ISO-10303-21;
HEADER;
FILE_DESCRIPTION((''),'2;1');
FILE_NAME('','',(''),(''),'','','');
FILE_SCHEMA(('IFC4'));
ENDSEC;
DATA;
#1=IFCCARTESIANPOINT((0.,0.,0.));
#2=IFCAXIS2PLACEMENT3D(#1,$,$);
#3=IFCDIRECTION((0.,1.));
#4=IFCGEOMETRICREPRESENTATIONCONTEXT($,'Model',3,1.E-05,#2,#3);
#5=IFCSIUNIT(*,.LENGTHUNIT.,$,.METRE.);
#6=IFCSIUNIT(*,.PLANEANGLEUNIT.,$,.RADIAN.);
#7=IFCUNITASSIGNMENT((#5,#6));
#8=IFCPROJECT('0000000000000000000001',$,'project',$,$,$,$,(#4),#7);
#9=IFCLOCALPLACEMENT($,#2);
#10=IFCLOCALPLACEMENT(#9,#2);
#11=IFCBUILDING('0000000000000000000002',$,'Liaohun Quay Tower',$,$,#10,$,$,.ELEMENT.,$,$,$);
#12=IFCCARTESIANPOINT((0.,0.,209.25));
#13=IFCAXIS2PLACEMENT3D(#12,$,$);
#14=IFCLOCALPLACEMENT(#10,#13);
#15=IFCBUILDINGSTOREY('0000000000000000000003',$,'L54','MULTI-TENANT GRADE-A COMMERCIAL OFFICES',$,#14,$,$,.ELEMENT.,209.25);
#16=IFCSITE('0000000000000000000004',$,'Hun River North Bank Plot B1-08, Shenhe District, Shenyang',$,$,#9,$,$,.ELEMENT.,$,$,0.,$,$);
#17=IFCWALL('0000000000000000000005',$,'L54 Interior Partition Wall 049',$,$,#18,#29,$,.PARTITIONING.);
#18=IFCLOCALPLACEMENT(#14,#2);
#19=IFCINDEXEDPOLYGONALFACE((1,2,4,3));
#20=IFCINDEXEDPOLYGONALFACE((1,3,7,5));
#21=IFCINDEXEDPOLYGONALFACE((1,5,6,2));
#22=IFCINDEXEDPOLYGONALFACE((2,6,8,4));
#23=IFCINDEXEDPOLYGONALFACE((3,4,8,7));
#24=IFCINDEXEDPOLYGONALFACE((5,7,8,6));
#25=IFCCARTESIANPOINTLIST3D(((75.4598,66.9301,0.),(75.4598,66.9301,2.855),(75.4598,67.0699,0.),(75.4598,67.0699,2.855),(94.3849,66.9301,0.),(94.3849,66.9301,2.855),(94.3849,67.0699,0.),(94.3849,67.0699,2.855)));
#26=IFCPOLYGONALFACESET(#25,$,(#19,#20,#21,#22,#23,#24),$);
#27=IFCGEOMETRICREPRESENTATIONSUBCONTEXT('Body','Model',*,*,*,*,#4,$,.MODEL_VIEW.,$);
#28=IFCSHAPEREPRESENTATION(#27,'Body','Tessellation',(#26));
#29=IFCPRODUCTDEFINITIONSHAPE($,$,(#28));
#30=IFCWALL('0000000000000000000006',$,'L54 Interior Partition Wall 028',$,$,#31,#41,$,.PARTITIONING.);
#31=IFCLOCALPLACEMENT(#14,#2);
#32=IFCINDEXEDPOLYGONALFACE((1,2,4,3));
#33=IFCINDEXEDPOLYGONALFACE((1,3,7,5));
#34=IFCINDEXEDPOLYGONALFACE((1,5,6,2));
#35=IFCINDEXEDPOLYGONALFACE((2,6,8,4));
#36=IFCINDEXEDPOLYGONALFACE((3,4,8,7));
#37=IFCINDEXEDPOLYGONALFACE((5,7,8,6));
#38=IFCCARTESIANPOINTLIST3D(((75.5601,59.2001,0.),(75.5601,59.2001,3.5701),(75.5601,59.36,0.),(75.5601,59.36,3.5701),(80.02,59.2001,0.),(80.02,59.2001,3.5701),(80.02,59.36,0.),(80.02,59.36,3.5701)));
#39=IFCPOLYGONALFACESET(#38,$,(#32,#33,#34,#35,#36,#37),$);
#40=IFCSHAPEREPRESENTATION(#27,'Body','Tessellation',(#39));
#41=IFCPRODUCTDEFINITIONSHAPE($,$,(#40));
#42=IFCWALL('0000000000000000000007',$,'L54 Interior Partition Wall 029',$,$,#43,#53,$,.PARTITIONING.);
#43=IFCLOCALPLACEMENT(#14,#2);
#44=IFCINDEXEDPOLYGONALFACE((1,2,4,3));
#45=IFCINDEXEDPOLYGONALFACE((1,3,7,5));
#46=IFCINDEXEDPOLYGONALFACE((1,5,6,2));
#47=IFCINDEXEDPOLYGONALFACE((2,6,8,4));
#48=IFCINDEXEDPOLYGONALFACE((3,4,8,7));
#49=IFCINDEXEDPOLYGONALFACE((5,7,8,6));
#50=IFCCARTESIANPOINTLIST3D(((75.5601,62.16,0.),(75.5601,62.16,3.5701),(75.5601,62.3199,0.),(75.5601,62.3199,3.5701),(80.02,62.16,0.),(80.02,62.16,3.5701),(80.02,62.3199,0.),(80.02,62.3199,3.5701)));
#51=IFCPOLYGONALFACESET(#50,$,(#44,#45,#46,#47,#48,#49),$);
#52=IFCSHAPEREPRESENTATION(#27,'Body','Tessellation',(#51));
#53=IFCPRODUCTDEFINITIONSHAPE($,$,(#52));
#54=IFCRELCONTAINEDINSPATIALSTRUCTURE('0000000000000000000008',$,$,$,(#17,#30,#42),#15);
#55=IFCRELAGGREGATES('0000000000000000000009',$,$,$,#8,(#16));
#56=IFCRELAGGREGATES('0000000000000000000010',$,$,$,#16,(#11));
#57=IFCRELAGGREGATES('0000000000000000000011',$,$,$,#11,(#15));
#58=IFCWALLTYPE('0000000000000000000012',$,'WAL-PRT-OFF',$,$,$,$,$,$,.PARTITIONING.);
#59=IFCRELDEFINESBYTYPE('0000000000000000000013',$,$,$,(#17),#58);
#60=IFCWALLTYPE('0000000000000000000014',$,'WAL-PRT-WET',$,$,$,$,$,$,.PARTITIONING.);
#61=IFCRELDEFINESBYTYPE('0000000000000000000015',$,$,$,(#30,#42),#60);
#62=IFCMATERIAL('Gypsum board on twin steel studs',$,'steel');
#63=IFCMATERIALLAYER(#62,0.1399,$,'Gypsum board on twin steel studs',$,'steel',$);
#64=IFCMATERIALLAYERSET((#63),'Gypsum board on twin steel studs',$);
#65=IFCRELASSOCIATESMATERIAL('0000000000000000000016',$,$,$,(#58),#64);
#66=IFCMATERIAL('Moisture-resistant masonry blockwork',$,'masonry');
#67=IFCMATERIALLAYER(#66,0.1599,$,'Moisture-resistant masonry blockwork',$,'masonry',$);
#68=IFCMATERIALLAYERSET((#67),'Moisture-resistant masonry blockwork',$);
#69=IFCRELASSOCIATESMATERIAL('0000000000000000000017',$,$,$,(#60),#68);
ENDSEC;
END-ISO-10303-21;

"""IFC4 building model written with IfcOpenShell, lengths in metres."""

from ifc_helpers import new_model, si_unit, direction, frame, frame_2d, origin, place, context, subcontext, project, spatial, rectangle, extrude, material, layer, layer_set, type_object, element, save


model = new_model("IFC4")

# Units and contexts
model_context = context("Model", 3, precision=1e-05, world=origin(), true_north=direction((0.0, 1.0)))
body_context = subcontext(model_context, "Body", "Model", "MODEL_VIEW")
ifc_project = project(units=[si_unit("LENGTHUNIT", "METRE"), si_unit("PLANEANGLEUNIT", "RADIAN")], contexts=[model_context])

# Site, building, storey
site_placement = place(None, origin())
site = spatial("IfcSite", under=ifc_project, at=site_placement, Name="Hun River North Bank Plot B1-08, Shenhe District, Shenyang", CompositionType="ELEMENT", RefElevation=0.0)
building_placement = place(site_placement, origin())
building = spatial("IfcBuilding", under=site, at=building_placement, Name="Liaohun Quay Tower", CompositionType="ELEMENT")
storey_placement = place(building_placement, frame((0.0, 0.0, 209.25)))
storey = spatial("IfcBuildingStorey", under=building, at=storey_placement, Name="L54", Description="MULTI-TENANT GRADE-A COMMERCIAL OFFICES", CompositionType="ELEMENT", Elevation=209.25)

# Wall
ifc_material_1 = material(Name="Gypsum board on twin steel studs", Category="steel")
ifc_layer_1 = layer(ifc_material_1, 0.1399, Name="Gypsum board on twin steel studs", Category="steel")
ifc_layer_set_1 = layer_set([ifc_layer_1], Name="Gypsum board on twin steel studs")
wall_type_1 = type_object("IfcWallType", Name="WAL-PRT-OFF", PredefinedType="PARTITIONING", material=ifc_layer_set_1)
wall_1_placement = place(storey_placement, frame((75.46, 67.0, 0.0), z_axis=(0.0, 0.0, 1.0), x_axis=(1.0, 0.0, 0.0)))
element("IfcWall", 1, at=wall_1_placement, inside=storey, type_object=wall_type_1, Name="L54 Interior Partition Wall 049", PredefinedType="PARTITIONING", context=body_context, shape_type="SweptSolid", body=[
    extrude(rectangle(XDim=18.925, YDim=0.1399, at=frame_2d((9.4624, 0.0))), origin(), (0.0, 0.0, 1.0), 2.855),
])

# Shared definitions
ifc_material_2 = material(Name="Moisture-resistant masonry blockwork", Category="masonry")
ifc_layer_2 = layer(ifc_material_2, 0.1599, Name="Moisture-resistant masonry blockwork", Category="masonry")
ifc_layer_set_2 = layer_set([ifc_layer_2], Name="Moisture-resistant masonry blockwork")
wall_type_2 = type_object("IfcWallType", Name="WAL-PRT-WET", PredefinedType="PARTITIONING", material=ifc_layer_set_2)

# Walls
for number, where, z_axis, x_axis, name in (
    (2, (75.5601, 59.28, 0.0), (0.0, 0.0, 1.0), (1.0, 0.0, 0.0), "L54 Interior Partition Wall 028"),
    (3, (75.5601, 62.24, 0.0), (0.0, 0.0, 1.0), (1.0, 0.0, 0.0), "L54 Interior Partition Wall 029"),
):
    element("IfcWall", number, at=place(storey_placement, frame(where, z_axis=z_axis, x_axis=x_axis)), inside=storey, type_object=wall_type_2, Name=name, PredefinedType="PARTITIONING", context=body_context, shape_type="SweptSolid", body=[
        extrude(rectangle(XDim=4.46, YDim=0.1599, at=frame_2d((2.23, 0.0))), origin(), (0.0, 0.0, 1.0), 3.5701),
    ])

save(model, "model.ifc")
